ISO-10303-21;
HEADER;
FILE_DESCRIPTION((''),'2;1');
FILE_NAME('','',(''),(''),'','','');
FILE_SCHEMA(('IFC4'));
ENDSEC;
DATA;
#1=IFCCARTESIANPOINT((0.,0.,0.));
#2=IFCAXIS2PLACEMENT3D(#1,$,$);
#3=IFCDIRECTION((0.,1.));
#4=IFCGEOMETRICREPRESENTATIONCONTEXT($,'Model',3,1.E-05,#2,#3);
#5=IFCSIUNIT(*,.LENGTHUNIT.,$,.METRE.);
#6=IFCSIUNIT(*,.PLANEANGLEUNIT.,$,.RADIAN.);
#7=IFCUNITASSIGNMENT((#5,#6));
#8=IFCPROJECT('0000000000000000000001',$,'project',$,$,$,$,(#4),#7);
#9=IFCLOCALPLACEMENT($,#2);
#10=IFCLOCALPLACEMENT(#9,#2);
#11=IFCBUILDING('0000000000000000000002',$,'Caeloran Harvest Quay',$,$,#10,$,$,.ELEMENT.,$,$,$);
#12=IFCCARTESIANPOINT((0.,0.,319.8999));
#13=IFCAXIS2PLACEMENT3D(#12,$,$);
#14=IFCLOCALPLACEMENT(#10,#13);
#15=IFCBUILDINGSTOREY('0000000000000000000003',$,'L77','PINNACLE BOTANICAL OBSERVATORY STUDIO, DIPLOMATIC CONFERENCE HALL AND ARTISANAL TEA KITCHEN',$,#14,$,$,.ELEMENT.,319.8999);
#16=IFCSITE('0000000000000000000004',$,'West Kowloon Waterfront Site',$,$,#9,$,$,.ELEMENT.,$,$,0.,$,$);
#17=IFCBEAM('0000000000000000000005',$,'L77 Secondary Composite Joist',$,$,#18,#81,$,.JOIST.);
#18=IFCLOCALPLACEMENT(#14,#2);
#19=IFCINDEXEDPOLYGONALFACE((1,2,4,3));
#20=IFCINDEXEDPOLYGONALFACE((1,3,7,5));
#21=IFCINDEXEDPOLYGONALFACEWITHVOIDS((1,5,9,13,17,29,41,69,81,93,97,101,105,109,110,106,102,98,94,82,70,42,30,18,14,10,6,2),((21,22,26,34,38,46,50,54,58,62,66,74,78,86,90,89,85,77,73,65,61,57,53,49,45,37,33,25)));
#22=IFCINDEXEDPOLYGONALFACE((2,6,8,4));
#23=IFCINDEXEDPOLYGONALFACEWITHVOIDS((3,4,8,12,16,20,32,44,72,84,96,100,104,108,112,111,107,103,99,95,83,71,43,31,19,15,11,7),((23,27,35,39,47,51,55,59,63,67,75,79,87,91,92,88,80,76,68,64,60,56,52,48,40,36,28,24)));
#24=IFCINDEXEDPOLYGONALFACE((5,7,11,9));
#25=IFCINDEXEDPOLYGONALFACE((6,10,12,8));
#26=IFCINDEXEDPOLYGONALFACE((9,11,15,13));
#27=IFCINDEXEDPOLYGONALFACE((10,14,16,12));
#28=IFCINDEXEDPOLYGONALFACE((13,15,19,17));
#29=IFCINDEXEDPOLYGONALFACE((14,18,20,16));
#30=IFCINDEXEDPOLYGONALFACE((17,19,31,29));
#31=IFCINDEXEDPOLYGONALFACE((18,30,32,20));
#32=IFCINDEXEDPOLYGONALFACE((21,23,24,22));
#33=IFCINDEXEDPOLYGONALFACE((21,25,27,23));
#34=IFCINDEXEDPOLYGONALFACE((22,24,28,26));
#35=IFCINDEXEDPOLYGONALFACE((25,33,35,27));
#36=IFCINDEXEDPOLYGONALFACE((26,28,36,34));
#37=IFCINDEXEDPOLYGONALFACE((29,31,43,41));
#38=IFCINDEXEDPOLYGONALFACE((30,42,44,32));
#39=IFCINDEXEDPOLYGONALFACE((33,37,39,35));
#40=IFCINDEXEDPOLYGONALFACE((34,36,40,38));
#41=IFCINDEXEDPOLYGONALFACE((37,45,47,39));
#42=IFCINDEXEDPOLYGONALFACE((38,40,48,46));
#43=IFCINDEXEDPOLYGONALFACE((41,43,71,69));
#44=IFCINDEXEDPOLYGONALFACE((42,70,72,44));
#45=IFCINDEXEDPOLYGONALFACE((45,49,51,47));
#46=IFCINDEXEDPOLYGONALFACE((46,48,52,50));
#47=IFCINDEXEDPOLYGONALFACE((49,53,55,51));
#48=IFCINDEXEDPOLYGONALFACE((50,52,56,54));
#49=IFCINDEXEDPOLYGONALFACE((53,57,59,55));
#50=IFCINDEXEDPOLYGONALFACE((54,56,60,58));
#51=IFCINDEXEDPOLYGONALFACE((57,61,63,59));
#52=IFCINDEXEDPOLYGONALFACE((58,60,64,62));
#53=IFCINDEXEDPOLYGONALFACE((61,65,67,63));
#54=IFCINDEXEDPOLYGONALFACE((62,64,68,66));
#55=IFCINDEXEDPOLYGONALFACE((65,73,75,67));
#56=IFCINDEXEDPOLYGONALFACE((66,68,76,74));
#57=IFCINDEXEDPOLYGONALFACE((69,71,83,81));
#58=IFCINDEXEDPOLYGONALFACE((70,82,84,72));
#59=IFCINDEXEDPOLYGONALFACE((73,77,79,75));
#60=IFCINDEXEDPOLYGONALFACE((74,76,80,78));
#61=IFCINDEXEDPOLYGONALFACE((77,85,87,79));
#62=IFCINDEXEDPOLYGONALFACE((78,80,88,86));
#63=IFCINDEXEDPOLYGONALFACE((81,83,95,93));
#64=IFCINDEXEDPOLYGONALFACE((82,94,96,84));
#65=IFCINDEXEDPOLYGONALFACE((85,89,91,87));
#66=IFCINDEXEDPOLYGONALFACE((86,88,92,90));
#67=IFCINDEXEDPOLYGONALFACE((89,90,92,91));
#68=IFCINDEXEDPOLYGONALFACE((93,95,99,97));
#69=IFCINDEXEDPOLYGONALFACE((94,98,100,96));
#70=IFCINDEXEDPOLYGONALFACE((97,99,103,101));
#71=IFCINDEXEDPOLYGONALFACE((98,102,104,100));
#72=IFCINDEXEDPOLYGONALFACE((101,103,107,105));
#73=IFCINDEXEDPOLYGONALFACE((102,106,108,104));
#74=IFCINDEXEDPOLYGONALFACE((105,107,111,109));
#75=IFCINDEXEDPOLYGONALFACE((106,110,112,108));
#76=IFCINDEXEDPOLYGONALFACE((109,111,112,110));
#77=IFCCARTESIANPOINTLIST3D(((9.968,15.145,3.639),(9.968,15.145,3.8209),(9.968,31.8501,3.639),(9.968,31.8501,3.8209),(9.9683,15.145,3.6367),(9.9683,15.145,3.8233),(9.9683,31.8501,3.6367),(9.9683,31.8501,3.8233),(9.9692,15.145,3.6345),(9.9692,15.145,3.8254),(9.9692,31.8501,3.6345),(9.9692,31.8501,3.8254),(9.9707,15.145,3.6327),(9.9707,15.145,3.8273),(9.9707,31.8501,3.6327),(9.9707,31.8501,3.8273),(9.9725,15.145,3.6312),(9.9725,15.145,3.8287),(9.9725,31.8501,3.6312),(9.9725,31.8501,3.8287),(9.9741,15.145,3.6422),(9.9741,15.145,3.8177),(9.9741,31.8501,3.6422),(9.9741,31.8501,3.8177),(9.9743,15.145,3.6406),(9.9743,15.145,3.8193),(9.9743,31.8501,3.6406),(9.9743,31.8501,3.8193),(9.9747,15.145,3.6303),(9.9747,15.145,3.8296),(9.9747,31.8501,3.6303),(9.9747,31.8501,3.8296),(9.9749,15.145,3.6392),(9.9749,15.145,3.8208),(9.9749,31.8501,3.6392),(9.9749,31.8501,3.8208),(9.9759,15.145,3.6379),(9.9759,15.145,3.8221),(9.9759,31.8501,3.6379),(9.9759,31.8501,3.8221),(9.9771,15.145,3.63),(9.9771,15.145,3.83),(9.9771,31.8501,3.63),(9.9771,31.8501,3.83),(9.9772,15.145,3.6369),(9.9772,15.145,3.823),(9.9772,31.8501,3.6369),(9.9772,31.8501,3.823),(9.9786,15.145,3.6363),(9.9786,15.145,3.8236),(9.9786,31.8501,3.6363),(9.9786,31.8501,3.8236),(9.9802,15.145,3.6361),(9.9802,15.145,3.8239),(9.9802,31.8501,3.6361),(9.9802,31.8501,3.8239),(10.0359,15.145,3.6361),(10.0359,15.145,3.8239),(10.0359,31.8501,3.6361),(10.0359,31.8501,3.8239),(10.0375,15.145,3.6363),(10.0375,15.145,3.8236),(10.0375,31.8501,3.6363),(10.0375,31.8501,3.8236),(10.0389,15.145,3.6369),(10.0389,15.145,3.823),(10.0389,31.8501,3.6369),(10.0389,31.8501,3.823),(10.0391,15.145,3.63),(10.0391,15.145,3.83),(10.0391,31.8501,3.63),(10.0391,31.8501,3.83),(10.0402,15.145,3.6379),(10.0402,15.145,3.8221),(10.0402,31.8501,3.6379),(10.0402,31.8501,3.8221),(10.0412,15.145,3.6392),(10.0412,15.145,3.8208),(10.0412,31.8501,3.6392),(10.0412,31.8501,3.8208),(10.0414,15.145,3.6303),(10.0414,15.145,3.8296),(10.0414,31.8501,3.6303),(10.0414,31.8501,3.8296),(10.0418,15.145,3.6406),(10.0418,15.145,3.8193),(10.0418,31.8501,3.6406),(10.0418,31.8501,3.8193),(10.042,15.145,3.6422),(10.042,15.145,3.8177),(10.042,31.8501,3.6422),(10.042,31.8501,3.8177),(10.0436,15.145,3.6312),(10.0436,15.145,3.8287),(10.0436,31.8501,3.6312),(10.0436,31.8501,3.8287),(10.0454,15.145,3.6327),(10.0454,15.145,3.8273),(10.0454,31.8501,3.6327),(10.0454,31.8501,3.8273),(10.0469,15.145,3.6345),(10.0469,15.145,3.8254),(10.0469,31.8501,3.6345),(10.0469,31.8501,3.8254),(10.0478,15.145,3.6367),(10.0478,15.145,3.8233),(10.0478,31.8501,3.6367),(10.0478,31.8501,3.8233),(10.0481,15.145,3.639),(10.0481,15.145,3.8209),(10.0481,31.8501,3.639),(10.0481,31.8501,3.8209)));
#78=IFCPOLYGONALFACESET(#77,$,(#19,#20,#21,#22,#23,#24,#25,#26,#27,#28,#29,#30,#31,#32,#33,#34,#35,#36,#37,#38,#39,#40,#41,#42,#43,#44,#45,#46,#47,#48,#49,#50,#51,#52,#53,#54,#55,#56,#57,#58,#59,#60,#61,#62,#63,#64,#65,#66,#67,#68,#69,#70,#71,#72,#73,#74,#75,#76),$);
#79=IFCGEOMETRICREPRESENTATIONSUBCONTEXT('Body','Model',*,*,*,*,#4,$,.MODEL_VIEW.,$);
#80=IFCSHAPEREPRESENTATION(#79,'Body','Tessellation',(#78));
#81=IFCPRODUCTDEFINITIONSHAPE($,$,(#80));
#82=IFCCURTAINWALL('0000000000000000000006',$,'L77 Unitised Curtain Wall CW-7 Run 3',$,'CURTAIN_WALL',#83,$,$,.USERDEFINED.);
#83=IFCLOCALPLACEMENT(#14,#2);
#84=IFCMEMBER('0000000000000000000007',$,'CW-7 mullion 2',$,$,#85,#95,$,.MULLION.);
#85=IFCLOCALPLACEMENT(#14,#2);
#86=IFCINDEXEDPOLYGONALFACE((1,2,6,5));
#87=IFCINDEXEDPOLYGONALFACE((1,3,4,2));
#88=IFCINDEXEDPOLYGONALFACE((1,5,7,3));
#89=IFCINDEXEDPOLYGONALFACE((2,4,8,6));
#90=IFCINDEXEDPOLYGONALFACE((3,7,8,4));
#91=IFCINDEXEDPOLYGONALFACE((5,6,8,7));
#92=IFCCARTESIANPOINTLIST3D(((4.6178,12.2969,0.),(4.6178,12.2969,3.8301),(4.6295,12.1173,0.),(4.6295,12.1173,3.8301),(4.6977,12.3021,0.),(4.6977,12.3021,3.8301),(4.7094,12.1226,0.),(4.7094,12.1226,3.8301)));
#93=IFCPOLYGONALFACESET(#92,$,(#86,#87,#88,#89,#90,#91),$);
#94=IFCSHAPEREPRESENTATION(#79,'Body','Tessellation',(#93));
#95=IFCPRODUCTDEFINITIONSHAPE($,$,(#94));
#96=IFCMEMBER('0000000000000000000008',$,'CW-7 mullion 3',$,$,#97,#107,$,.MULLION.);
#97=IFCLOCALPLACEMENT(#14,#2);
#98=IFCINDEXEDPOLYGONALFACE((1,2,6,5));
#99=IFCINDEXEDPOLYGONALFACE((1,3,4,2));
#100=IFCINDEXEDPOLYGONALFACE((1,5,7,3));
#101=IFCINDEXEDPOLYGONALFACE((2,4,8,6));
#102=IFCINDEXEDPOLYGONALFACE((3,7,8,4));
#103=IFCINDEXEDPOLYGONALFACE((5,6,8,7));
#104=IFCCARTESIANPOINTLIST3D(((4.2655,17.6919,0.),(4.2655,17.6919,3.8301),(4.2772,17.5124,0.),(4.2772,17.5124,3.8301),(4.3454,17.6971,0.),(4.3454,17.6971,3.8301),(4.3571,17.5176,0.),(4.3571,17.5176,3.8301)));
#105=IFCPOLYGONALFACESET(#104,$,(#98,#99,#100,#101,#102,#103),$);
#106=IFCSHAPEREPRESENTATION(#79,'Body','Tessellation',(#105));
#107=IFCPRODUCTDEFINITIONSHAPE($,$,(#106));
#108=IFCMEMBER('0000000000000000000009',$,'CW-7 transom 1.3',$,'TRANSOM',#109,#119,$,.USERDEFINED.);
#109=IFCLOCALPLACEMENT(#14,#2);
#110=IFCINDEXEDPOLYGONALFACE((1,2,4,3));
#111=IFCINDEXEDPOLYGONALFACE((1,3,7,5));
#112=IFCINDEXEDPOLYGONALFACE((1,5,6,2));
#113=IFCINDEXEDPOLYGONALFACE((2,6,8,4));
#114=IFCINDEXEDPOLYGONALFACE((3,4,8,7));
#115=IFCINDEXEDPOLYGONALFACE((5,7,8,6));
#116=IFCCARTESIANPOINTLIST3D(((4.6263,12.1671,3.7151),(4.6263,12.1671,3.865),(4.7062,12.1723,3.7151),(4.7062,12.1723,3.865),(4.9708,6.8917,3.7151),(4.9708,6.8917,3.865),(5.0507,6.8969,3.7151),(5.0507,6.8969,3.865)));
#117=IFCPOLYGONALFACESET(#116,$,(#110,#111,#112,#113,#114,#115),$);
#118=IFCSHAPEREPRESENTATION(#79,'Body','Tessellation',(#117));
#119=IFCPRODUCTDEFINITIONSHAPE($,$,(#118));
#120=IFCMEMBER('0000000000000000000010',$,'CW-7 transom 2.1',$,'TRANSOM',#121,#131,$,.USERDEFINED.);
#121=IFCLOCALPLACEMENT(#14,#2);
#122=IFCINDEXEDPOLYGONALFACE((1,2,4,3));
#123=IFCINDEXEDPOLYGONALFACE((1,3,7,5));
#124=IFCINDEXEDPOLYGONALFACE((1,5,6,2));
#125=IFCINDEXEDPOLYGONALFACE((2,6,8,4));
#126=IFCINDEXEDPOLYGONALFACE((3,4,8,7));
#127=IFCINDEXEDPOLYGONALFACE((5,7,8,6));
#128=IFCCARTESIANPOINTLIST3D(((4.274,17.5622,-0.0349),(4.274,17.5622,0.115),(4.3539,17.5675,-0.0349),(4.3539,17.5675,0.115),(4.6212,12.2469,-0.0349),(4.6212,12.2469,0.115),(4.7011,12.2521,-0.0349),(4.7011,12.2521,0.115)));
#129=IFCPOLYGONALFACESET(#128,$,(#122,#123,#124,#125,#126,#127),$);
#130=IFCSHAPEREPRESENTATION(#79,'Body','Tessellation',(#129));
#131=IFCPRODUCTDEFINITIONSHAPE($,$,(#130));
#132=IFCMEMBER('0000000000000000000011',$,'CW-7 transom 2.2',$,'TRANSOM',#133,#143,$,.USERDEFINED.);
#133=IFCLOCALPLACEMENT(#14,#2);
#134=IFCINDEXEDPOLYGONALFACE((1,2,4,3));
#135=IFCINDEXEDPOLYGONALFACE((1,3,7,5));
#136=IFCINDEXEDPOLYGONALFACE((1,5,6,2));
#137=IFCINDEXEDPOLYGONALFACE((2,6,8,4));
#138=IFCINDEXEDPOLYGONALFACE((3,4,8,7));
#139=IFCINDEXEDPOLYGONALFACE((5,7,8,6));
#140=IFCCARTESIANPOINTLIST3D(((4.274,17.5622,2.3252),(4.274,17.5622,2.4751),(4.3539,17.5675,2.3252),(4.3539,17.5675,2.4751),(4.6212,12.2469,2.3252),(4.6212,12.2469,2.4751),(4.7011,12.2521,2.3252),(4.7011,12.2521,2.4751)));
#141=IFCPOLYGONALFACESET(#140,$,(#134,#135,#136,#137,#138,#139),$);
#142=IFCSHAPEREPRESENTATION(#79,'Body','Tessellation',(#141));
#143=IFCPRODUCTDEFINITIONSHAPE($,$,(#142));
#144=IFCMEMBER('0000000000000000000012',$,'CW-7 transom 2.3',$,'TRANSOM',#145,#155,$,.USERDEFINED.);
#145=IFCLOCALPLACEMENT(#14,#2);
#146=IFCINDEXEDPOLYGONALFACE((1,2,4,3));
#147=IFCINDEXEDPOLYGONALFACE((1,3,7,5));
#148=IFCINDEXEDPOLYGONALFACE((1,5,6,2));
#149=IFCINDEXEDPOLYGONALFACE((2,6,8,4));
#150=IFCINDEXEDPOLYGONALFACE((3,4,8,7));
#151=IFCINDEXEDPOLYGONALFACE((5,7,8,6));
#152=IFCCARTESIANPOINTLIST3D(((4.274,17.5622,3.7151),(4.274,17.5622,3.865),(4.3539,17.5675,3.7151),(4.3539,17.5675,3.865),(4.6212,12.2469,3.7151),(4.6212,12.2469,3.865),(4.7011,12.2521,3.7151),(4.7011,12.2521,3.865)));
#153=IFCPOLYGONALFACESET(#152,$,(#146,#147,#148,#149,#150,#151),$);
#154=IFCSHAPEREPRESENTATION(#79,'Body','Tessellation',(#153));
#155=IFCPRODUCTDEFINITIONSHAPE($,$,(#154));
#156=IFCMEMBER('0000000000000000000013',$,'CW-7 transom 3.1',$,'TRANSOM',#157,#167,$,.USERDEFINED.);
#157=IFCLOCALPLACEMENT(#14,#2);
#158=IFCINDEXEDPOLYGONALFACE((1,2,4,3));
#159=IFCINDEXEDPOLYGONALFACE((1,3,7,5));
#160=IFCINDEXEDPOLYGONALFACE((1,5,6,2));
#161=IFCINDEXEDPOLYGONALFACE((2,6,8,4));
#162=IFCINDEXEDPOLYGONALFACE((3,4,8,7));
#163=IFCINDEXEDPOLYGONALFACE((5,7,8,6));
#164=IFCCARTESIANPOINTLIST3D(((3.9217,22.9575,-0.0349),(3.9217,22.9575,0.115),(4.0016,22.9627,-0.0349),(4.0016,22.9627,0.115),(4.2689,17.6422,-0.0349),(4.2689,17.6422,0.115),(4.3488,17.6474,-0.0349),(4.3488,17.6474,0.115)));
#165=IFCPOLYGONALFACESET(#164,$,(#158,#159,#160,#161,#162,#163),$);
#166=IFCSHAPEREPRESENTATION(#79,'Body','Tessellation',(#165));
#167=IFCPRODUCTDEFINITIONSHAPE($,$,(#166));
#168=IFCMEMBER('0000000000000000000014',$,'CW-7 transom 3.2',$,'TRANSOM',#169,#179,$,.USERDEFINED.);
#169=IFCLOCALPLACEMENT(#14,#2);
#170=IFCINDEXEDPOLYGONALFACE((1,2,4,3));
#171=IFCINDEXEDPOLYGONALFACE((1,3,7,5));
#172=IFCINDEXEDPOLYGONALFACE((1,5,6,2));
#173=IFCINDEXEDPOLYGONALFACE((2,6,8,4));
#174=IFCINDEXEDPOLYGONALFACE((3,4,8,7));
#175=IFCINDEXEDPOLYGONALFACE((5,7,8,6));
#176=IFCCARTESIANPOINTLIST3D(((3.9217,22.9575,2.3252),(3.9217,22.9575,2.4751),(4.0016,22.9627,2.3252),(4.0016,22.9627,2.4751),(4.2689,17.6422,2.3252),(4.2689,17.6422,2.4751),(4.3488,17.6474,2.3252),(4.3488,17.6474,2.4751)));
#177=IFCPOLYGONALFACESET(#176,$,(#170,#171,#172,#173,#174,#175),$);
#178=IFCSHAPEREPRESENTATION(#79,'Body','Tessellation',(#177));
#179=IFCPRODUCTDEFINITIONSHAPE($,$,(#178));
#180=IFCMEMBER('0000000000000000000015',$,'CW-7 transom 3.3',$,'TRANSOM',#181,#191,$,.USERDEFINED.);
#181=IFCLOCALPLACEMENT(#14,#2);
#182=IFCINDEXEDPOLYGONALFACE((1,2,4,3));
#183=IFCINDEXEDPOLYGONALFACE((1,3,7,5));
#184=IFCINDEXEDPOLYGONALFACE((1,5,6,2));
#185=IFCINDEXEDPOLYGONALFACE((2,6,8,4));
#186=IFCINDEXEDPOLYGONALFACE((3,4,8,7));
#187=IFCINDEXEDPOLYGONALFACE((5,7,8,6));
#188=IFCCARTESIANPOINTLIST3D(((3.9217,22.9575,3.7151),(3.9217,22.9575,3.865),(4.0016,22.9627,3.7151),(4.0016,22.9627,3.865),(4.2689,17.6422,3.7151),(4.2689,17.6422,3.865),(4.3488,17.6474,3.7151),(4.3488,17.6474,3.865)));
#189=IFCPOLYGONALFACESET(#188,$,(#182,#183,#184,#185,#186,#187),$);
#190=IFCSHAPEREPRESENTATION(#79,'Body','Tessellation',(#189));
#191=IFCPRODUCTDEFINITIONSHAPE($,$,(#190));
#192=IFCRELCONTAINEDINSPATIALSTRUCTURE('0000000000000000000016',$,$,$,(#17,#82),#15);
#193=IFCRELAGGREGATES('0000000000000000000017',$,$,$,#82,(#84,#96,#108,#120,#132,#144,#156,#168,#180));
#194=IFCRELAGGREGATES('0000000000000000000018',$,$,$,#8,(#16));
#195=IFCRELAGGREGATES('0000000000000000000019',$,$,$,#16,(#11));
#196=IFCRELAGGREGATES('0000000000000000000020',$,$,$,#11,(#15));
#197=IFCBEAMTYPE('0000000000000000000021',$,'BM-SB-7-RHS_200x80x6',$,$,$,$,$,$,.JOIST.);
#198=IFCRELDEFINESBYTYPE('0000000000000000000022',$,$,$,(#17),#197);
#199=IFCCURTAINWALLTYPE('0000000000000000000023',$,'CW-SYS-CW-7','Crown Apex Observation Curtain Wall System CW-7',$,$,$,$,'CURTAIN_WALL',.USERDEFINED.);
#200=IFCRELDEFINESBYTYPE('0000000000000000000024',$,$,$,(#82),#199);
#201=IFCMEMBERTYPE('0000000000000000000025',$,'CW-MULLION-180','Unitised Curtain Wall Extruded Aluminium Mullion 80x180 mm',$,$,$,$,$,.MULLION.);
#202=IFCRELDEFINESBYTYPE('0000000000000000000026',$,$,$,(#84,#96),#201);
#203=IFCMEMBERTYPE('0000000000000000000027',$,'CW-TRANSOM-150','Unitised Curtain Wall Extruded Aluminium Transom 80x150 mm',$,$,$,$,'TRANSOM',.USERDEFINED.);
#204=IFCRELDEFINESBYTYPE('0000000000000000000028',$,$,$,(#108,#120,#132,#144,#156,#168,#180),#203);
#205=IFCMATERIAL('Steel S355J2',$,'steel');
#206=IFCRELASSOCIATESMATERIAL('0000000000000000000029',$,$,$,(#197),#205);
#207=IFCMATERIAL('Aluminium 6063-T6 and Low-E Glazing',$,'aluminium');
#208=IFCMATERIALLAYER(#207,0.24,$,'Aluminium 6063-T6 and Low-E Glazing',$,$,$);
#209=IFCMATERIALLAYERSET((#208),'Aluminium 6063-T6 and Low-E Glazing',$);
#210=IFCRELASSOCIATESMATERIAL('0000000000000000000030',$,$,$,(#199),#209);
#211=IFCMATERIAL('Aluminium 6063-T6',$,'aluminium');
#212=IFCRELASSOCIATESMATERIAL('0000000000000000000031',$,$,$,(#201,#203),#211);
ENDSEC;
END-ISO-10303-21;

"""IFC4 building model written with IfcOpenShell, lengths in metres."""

from ifc_helpers import new_model, si_unit, direction, frame, origin, origin_2d, place, context, subcontext, project, spatial, rectangle, hollow_rectangle, extrude, material, layer, layer_set, material_profile, profile_set, type_object, element, aggregate, save


model = new_model("IFC4")

# Units and contexts
model_context = context("Model", 3, precision=1e-05, world=origin(), true_north=direction((0.0, 1.0)))
body_context = subcontext(model_context, "Body", "Model", "MODEL_VIEW")
ifc_project = project(units=[si_unit("LENGTHUNIT", "METRE"), si_unit("PLANEANGLEUNIT", "RADIAN")], contexts=[model_context])

# Site, building, storey
site_placement = place(None, origin())
site = spatial("IfcSite", under=ifc_project, at=site_placement, Name="West Kowloon Waterfront Site", CompositionType="ELEMENT", RefElevation=0.0)
building_placement = place(site_placement, origin())
building = spatial("IfcBuilding", under=site, at=building_placement, Name="Caeloran Harvest Quay", CompositionType="ELEMENT")
storey_placement = place(building_placement, frame((0.0, 0.0, 319.8999)))
storey = spatial("IfcBuildingStorey", under=building, at=storey_placement, Name="L77", Description="PINNACLE BOTANICAL OBSERVATORY STUDIO, DIPLOMATIC CONFERENCE HALL AND ARTISANAL TEA KITCHEN", CompositionType="ELEMENT", Elevation=319.8999)

# Beam
ifc_material_1 = material(Name="Steel S355J2", Category="steel")
ifc_material_profile_1 = material_profile(ifc_material_1, hollow_rectangle(XDim=0.0801, YDim=0.2, WallThickness=0.0061, InnerFilletRadius=0.0061, OuterFilletRadius=0.009, at=origin_2d()), Name="RHS 200x80x6")
ifc_profile_set_1 = profile_set([ifc_material_profile_1], Name="Steel S355J2")
beam_type_1 = type_object("IfcBeamType", Name="BM-SB-7-RHS_200x80x6", PredefinedType="JOIST", material=ifc_profile_set_1)
for number, where, z_axis, x_axis, name in (
    (1, (10.0081, 15.145, 3.73), (0.0, 1.0, 0.0), (-1.0, 0.0, 0.0), "L77 Secondary Composite Joist"),
):
    element("IfcBeam", number, at=place(storey_placement, frame(where, z_axis=z_axis, x_axis=x_axis)), inside=storey, type_object=beam_type_1, Name=name, PredefinedType="JOIST", context=body_context, shape_type="SweptSolid", body=[
        extrude(hollow_rectangle(XDim=0.0801, YDim=0.2, WallThickness=0.0061, InnerFilletRadius=0.0061, OuterFilletRadius=0.009, at=origin_2d()), origin(), (0.0, 0.0, 1.0), 16.7051),
    ])

# Curtain wall, members
ifc_material_2 = material(Name="Aluminium 6063-T6 and Low-E Glazing", Category="aluminium")
ifc_layer_1 = layer(ifc_material_2, 0.24, Name="Aluminium 6063-T6 and Low-E Glazing")
ifc_layer_set_1 = layer_set([ifc_layer_1], Name="Aluminium 6063-T6 and Low-E Glazing")
curtain_wall_type = type_object("IfcCurtainWallType", Name="CW-SYS-CW-7", Description="Crown Apex Observation Curtain Wall System CW-7", ElementType="CURTAIN_WALL", PredefinedType="USERDEFINED", material=ifc_layer_set_1)
curtain_wall_placement = place(storey_placement, origin())
curtain_wall = element("IfcCurtainWall", 2, at=curtain_wall_placement, inside=storey, type_object=curtain_wall_type, Name="L77 Unitised Curtain Wall CW-7 Run 3", ObjectType="CURTAIN_WALL", PredefinedType="USERDEFINED")
ifc_material_3 = material(Name="Aluminium 6063-T6", Category="aluminium")
ifc_material_profile_2 = material_profile(ifc_material_3, rectangle(XDim=0.0801, YDim=0.1799, at=origin_2d()), Name="CW-MULLION-180")
ifc_profile_set_2 = profile_set([ifc_material_profile_2], Name="Aluminium 6063-T6")
member_type_1 = type_object("IfcMemberType", Name="CW-MULLION-180", Description="Unitised Curtain Wall Extruded Aluminium Mullion 80x180 mm", PredefinedType="MULLION", material=ifc_profile_set_2)
member_1_placement = place(storey_placement, frame((4.6636, 12.2097, 0.0), z_axis=(0.0, 0.0, 1.0), x_axis=(-0.997874, -0.065167, 0.0)))
member_1 = element("IfcMember", 3, at=member_1_placement, type_object=member_type_1, Name="CW-7 mullion 2", PredefinedType="MULLION", context=body_context, shape_type="SweptSolid", body=[
    extrude(rectangle(XDim=0.0801, YDim=0.1799, at=origin_2d()), origin(), (0.0, 0.0, 1.0), 3.8301),
])
member_2_placement = place(storey_placement, frame((4.3113, 17.6047, 0.0), z_axis=(0.0, 0.0, 1.0), x_axis=(-0.997874, -0.065167, 0.0)))
member_2 = element("IfcMember", 4, at=member_2_placement, type_object=member_type_1, Name="CW-7 mullion 3", PredefinedType="MULLION", context=body_context, shape_type="SweptSolid", body=[
    extrude(rectangle(XDim=0.0801, YDim=0.1799, at=origin_2d()), origin(), (0.0, 0.0, 1.0), 3.8301),
])
ifc_material_profile_3 = material_profile(ifc_material_3, rectangle(XDim=0.0801, YDim=0.1499, at=origin_2d()), Name="CW-TRANSOM-150")
ifc_profile_set_3 = profile_set([ifc_material_profile_3], Name="Aluminium 6063-T6")
member_type_2 = type_object("IfcMemberType", Name="CW-TRANSOM-150", Description="Unitised Curtain Wall Extruded Aluminium Transom 80x150 mm", ElementType="TRANSOM", PredefinedType="USERDEFINED", material=ifc_profile_set_3)
member_3_placement = place(storey_placement, frame((5.0107, 6.8943, 3.79), z_axis=(-0.065161, 0.997875, 0.0), x_axis=(-0.997875, -0.065161, 0.0)))
member_3 = element("IfcMember", 5, at=member_3_placement, type_object=member_type_2, Name="CW-7 transom 1.3", ObjectType="TRANSOM", PredefinedType="USERDEFINED", context=body_context, shape_type="SweptSolid", body=[
    extrude(rectangle(XDim=0.0801, YDim=0.1499, at=origin_2d()), origin(), (0.0, 0.0, 1.0), 5.2866),
])
member_4_placement = place(storey_placement, frame((4.6611, 12.2495, 0.04), z_axis=(-0.065174, 0.997874, 0.0), x_axis=(-0.997874, -0.065174, 0.0)))
member_4 = element("IfcMember", 6, at=member_4_placement, type_object=member_type_2, Name="CW-7 transom 2.1", ObjectType="TRANSOM", PredefinedType="USERDEFINED", context=body_context, shape_type="SweptSolid", body=[
    extrude(rectangle(XDim=0.0801, YDim=0.1499, at=origin_2d()), origin(), (0.0, 0.0, 1.0), 5.3267),
])
member_5_placement = place(storey_placement, frame((4.6611, 12.2495, 2.4001), z_axis=(-0.065174, 0.997874, 0.0), x_axis=(-0.997874, -0.065174, 0.0)))
member_5 = element("IfcMember", 7, at=member_5_placement, type_object=member_type_2, Name="CW-7 transom 2.2", ObjectType="TRANSOM", PredefinedType="USERDEFINED", context=body_context, shape_type="SweptSolid", body=[
    extrude(rectangle(XDim=0.0801, YDim=0.1499, at=origin_2d()), origin(), (0.0, 0.0, 1.0), 5.3267),
])
member_6_placement = place(storey_placement, frame((4.6611, 12.2495, 3.79), z_axis=(-0.065174, 0.997874, 0.0), x_axis=(-0.997874, -0.065174, 0.0)))
member_6 = element("IfcMember", 8, at=member_6_placement, type_object=member_type_2, Name="CW-7 transom 2.3", ObjectType="TRANSOM", PredefinedType="USERDEFINED", context=body_context, shape_type="SweptSolid", body=[
    extrude(rectangle(XDim=0.0801, YDim=0.1499, at=origin_2d()), origin(), (0.0, 0.0, 1.0), 5.3267),
])
member_7_placement = place(storey_placement, frame((4.3088, 17.6448, 0.04), z_axis=(-0.065174, 0.997874, 0.0), x_axis=(-0.997874, -0.065174, 0.0)))
member_7 = element("IfcMember", 9, at=member_7_placement, type_object=member_type_2, Name="CW-7 transom 3.1", ObjectType="TRANSOM", PredefinedType="USERDEFINED", context=body_context, shape_type="SweptSolid", body=[
    extrude(rectangle(XDim=0.0801, YDim=0.1499, at=origin_2d()), origin(), (0.0, 0.0, 1.0), 5.3267),
])
member_8_placement = place(storey_placement, frame((4.3088, 17.6448, 2.4001), z_axis=(-0.065174, 0.997874, 0.0), x_axis=(-0.997874, -0.065174, 0.0)))
member_8 = element("IfcMember", 10, at=member_8_placement, type_object=member_type_2, Name="CW-7 transom 3.2", ObjectType="TRANSOM", PredefinedType="USERDEFINED", context=body_context, shape_type="SweptSolid", body=[
    extrude(rectangle(XDim=0.0801, YDim=0.1499, at=origin_2d()), origin(), (0.0, 0.0, 1.0), 5.3267),
])
member_9_placement = place(storey_placement, frame((4.3088, 17.6448, 3.79), z_axis=(-0.065174, 0.997874, 0.0), x_axis=(-0.997874, -0.065174, 0.0)))
member_9 = element("IfcMember", 11, at=member_9_placement, type_object=member_type_2, Name="CW-7 transom 3.3", ObjectType="TRANSOM", PredefinedType="USERDEFINED", context=body_context, shape_type="SweptSolid", body=[
    extrude(rectangle(XDim=0.0801, YDim=0.1499, at=origin_2d()), origin(), (0.0, 0.0, 1.0), 5.3267),
])
aggregate(curtain_wall, [member_1, member_2, member_3, member_4, member_5, member_6, member_7, member_8, member_9])

save(model, "model.ifc")
